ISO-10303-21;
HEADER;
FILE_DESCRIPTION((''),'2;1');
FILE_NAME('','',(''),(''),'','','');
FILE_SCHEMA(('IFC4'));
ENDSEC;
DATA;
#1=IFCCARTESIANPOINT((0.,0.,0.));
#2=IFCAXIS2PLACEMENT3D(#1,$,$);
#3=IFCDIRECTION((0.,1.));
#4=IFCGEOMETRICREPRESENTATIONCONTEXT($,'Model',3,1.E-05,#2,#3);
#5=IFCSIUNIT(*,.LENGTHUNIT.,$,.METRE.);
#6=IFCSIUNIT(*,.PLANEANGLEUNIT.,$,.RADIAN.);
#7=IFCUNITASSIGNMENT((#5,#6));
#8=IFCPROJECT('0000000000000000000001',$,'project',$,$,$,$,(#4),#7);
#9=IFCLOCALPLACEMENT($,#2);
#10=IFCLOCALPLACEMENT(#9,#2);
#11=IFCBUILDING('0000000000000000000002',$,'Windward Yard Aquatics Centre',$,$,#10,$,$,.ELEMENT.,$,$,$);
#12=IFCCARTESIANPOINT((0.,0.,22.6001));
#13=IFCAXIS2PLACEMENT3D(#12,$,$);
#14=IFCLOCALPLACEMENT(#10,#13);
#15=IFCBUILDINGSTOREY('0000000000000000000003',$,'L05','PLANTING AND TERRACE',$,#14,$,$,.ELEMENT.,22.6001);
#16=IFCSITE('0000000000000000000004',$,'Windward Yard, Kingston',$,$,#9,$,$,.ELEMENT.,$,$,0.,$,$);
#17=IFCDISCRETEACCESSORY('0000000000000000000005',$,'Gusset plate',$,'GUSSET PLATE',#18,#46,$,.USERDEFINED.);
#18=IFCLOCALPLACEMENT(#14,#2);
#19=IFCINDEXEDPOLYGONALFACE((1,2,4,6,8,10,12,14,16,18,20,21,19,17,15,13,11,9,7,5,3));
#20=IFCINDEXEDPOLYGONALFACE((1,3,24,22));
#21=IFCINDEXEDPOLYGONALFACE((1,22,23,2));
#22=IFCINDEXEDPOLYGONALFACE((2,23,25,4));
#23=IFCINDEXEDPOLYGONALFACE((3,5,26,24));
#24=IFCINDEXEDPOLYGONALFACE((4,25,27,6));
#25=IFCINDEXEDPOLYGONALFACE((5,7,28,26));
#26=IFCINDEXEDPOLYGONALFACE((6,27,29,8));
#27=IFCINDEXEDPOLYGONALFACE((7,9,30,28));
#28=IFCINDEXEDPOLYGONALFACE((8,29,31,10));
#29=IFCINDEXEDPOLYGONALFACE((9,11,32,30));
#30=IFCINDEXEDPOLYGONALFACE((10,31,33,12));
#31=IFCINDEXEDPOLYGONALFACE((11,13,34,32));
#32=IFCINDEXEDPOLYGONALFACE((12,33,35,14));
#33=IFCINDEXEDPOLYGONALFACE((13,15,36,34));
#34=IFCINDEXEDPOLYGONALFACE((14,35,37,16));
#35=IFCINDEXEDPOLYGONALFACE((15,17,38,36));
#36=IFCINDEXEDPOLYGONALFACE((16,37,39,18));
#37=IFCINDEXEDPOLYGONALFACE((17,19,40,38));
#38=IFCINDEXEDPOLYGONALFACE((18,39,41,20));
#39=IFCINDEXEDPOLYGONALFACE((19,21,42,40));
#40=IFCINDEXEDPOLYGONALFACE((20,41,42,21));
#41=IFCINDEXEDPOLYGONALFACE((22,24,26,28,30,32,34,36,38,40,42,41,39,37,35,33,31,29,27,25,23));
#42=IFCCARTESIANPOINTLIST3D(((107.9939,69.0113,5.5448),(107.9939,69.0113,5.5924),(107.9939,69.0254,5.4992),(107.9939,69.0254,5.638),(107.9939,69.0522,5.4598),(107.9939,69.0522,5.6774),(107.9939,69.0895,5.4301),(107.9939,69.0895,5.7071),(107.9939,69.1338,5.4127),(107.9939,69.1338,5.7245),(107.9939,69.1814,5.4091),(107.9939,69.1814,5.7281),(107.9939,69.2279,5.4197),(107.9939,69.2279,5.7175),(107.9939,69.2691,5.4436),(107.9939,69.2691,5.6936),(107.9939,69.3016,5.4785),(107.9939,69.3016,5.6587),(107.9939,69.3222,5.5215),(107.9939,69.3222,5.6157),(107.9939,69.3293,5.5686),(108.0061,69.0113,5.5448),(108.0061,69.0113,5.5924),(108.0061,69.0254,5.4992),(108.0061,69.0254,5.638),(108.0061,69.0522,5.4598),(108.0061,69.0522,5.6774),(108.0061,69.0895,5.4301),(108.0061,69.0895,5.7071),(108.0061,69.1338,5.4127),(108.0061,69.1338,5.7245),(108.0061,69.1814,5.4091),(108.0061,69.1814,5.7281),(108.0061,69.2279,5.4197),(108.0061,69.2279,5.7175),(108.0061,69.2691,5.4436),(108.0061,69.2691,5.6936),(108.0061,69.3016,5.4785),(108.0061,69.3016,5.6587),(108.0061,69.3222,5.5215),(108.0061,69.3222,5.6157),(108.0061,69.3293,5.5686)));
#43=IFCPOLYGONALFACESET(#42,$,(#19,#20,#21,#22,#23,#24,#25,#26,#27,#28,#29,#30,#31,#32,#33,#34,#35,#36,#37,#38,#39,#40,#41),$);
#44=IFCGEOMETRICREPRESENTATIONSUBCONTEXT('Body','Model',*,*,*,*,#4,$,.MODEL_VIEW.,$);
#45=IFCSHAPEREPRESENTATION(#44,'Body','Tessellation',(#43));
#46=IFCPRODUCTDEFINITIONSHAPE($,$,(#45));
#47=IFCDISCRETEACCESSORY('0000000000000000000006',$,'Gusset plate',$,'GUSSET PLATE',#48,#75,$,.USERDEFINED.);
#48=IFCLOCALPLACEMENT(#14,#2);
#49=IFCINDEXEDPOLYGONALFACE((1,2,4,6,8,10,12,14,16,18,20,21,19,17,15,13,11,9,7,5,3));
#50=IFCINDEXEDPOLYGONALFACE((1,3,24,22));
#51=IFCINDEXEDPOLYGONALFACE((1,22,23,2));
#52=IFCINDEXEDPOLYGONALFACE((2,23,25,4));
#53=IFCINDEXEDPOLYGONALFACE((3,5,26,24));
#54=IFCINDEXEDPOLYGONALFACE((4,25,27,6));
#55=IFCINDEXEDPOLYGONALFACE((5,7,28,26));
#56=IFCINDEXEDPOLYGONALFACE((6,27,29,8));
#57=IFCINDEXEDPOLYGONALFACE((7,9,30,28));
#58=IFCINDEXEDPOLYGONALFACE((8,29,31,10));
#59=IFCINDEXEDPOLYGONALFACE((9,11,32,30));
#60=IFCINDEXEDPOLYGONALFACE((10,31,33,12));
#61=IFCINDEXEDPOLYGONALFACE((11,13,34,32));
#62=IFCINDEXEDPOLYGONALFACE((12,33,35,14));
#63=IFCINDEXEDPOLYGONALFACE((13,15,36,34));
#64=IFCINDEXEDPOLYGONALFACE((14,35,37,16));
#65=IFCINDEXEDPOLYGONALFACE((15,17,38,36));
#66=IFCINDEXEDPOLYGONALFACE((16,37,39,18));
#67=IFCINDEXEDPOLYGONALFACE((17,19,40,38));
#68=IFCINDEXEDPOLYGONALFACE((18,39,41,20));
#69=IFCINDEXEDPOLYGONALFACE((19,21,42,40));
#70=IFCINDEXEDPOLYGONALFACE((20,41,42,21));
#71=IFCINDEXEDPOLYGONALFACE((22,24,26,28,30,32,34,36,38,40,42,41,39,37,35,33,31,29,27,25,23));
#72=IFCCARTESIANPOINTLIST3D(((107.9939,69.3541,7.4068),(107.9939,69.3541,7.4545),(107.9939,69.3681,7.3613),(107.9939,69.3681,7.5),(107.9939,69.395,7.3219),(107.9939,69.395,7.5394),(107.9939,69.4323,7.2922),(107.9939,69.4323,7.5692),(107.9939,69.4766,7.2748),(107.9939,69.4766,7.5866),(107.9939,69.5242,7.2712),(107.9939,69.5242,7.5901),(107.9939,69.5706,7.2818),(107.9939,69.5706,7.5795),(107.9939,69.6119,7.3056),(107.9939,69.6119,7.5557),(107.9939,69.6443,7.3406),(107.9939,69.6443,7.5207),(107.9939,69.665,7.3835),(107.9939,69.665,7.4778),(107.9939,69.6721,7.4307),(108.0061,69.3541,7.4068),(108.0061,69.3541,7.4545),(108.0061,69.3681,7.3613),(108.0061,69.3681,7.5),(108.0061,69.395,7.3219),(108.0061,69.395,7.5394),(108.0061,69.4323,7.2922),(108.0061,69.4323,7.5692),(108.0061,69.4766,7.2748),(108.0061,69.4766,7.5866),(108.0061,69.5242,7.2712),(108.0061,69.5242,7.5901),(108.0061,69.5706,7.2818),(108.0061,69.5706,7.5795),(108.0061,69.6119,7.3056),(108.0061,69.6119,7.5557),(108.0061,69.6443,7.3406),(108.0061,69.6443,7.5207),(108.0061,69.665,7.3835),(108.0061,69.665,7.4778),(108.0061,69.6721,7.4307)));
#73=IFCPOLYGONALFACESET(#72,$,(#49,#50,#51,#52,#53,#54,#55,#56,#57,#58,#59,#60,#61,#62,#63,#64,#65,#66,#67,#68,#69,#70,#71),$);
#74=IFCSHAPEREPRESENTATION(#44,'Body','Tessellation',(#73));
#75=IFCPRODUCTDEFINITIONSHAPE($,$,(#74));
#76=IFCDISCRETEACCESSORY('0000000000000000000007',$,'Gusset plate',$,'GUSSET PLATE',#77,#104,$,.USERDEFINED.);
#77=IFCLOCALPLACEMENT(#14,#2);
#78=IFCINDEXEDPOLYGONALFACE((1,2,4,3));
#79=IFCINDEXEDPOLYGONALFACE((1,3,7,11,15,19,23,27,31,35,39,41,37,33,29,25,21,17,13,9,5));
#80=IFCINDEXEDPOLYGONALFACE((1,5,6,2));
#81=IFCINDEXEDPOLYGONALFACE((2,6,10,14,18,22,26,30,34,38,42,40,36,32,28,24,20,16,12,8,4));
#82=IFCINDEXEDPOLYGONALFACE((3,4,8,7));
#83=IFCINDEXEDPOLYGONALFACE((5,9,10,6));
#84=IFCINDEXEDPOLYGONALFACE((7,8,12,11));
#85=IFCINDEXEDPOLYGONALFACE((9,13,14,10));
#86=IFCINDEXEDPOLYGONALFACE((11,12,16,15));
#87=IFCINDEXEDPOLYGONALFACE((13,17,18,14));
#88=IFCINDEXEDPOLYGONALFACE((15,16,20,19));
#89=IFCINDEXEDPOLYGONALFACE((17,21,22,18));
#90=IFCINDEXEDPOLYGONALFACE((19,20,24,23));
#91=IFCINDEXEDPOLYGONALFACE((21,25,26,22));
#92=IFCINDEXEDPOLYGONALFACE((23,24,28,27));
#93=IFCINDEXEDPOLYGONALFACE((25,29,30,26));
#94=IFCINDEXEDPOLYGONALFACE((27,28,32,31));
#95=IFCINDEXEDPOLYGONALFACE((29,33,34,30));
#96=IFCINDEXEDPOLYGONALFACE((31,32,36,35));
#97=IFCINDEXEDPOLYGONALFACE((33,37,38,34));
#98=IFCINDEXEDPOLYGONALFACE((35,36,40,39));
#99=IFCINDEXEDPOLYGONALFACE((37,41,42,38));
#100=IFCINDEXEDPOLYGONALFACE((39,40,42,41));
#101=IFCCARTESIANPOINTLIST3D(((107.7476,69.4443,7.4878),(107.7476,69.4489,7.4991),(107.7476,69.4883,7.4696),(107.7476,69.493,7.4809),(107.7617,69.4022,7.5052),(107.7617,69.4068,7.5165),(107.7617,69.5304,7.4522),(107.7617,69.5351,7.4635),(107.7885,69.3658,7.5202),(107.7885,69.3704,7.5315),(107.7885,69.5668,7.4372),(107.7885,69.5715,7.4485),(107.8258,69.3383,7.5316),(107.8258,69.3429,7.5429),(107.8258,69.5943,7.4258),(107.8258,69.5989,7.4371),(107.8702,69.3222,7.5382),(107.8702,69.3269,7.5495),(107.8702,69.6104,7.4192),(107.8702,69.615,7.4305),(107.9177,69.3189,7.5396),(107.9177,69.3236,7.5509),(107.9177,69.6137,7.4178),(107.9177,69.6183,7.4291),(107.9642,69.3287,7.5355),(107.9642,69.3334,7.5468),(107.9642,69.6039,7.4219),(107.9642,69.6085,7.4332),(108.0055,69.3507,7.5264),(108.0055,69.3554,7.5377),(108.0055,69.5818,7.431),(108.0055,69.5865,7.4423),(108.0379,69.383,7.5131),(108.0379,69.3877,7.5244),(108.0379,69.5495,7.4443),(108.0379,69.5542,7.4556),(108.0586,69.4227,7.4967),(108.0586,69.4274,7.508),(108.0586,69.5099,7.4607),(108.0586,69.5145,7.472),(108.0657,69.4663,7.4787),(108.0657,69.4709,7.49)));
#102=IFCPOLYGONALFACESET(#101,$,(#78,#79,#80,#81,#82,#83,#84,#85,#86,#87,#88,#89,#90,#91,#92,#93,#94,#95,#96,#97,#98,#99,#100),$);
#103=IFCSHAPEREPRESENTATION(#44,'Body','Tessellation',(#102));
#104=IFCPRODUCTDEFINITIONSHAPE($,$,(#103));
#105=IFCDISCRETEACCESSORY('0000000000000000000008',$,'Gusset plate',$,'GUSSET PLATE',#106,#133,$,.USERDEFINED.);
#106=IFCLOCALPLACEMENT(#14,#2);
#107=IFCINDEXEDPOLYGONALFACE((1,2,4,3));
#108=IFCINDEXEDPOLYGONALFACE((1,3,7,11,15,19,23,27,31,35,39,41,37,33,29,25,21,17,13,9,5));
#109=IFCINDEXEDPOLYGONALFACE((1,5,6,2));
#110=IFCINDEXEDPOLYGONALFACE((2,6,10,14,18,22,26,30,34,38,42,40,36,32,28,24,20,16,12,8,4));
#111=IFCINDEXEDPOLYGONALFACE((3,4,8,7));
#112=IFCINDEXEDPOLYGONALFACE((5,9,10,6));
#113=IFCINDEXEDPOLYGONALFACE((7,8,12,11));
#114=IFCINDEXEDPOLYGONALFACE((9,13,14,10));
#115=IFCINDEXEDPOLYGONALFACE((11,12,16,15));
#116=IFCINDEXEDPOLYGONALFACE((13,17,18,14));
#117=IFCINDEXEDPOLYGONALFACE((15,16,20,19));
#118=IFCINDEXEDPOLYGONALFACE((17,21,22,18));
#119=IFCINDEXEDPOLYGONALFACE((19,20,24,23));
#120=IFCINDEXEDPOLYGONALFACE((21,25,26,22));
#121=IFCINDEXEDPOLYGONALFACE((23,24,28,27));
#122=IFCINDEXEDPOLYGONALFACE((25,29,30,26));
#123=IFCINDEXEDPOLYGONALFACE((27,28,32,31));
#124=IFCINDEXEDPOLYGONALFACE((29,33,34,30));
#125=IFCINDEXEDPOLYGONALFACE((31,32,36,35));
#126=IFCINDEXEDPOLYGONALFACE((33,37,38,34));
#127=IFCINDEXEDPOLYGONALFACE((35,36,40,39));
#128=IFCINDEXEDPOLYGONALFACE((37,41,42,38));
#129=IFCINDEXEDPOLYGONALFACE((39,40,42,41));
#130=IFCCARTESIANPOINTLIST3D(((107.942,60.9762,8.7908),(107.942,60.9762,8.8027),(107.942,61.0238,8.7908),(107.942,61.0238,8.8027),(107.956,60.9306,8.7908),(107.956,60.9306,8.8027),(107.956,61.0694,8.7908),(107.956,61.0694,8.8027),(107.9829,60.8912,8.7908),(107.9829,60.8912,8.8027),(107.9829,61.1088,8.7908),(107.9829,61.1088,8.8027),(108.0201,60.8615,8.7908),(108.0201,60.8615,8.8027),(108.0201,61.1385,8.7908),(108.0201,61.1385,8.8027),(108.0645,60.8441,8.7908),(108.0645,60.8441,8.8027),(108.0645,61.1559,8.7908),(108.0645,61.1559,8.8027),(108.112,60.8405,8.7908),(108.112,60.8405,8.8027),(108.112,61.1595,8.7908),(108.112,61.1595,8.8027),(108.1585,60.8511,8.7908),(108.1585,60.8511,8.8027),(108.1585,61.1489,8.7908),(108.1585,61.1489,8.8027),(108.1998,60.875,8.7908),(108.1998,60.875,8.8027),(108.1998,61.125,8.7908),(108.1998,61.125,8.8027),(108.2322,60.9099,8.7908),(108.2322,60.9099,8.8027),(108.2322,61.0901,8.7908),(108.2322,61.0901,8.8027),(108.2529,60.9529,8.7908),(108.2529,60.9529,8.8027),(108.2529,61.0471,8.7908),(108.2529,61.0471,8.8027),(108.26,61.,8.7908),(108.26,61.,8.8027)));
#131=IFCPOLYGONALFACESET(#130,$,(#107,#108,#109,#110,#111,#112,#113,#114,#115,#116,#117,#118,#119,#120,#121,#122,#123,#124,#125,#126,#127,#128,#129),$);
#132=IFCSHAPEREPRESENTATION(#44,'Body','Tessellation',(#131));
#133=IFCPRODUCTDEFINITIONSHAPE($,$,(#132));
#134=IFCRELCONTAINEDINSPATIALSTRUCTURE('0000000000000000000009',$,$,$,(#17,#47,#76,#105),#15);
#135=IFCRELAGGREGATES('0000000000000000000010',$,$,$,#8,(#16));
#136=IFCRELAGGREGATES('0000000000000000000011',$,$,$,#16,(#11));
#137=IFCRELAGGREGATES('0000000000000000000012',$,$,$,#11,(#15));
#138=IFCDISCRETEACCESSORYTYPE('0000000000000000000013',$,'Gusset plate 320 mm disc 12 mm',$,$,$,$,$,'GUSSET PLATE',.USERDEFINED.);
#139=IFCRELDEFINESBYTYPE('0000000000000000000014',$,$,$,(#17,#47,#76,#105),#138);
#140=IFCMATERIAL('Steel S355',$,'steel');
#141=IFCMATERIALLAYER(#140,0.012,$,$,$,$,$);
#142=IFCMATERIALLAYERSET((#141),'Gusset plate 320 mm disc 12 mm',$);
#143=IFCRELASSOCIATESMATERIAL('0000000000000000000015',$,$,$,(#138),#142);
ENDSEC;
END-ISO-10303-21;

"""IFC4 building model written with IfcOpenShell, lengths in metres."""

from ifc_helpers import new_model, si_unit, direction, frame, origin, origin_2d, place, context, subcontext, project, spatial, circle, extrude, material, layer, layer_set, type_object, element, save


model = new_model("IFC4")

# Units and contexts
model_context = context("Model", 3, precision=1e-05, world=origin(), true_north=direction((0.0, 1.0)))
body_context = subcontext(model_context, "Body", "Model", "MODEL_VIEW")
ifc_project = project(units=[si_unit("LENGTHUNIT", "METRE"), si_unit("PLANEANGLEUNIT", "RADIAN")], contexts=[model_context])

# Site, building, storey
site_placement = place(None, origin())
site = spatial("IfcSite", under=ifc_project, at=site_placement, Name="Windward Yard, Kingston", CompositionType="ELEMENT", RefElevation=0.0)
building_placement = place(site_placement, origin())
building = spatial("IfcBuilding", under=site, at=building_placement, Name="Windward Yard Aquatics Centre", CompositionType="ELEMENT")
storey_placement = place(building_placement, frame((0.0, 0.0, 22.6001)))
storey = spatial("IfcBuildingStorey", under=building, at=storey_placement, Name="L05", Description="PLANTING AND TERRACE", CompositionType="ELEMENT", Elevation=22.6001)

# Discrete accessories
ifc_material_1 = material(Name="Steel S355", Category="steel")
ifc_layer = layer(ifc_material_1, 0.012)
ifc_layer_set = layer_set([ifc_layer], Name="Gusset plate 320 mm disc 12 mm")
discrete_accessory_type = type_object("IfcDiscreteAccessoryType", Name="Gusset plate 320 mm disc 12 mm", ElementType="GUSSET PLATE", PredefinedType="USERDEFINED", material=ifc_layer_set)
for number, where, z_axis, x_axis, name in (
    (1, (107.9939, 69.1694, 5.5686), (1.0, 0.0, 0.0), (0.0, 1.0, 0.0), "Gusset plate"),
    (2, (107.9939, 69.5122, 7.4307), (1.0, 0.0, 0.0), (0.0, 1.0, 0.0), "Gusset plate"),
    (3, (107.9058, 69.4709, 7.49), (0.0, -0.38176, -0.924261), (1.0, 0.0, 0.0), "Gusset plate"),
):
    element("IfcDiscreteAccessory", number, at=place(storey_placement, frame(where, z_axis=z_axis, x_axis=x_axis)), inside=storey, type_object=discrete_accessory_type, Name=name, ObjectType="GUSSET PLATE", PredefinedType="USERDEFINED", context=body_context, shape_type="SweptSolid", body=[
        extrude(circle(Radius=0.1599, at=origin_2d()), origin(), (0.0, 0.0, 1.0), 0.0122),
    ])
discrete_accessory_placement = place(storey_placement, frame((108.1001, 61.0, 8.7908), z_axis=(0.0, 0.0, 1.0), x_axis=(1.0, 0.0, 0.0)))
element("IfcDiscreteAccessory", 4, at=discrete_accessory_placement, inside=storey, type_object=discrete_accessory_type, Name="Gusset plate", ObjectType="GUSSET PLATE", PredefinedType="USERDEFINED", context=body_context, shape_type="SweptSolid", body=[
    extrude(circle(Radius=0.1599, at=origin_2d()), origin(), (0.0, 0.0, 1.0), 0.012),
])

save(model, "model.ifc")
